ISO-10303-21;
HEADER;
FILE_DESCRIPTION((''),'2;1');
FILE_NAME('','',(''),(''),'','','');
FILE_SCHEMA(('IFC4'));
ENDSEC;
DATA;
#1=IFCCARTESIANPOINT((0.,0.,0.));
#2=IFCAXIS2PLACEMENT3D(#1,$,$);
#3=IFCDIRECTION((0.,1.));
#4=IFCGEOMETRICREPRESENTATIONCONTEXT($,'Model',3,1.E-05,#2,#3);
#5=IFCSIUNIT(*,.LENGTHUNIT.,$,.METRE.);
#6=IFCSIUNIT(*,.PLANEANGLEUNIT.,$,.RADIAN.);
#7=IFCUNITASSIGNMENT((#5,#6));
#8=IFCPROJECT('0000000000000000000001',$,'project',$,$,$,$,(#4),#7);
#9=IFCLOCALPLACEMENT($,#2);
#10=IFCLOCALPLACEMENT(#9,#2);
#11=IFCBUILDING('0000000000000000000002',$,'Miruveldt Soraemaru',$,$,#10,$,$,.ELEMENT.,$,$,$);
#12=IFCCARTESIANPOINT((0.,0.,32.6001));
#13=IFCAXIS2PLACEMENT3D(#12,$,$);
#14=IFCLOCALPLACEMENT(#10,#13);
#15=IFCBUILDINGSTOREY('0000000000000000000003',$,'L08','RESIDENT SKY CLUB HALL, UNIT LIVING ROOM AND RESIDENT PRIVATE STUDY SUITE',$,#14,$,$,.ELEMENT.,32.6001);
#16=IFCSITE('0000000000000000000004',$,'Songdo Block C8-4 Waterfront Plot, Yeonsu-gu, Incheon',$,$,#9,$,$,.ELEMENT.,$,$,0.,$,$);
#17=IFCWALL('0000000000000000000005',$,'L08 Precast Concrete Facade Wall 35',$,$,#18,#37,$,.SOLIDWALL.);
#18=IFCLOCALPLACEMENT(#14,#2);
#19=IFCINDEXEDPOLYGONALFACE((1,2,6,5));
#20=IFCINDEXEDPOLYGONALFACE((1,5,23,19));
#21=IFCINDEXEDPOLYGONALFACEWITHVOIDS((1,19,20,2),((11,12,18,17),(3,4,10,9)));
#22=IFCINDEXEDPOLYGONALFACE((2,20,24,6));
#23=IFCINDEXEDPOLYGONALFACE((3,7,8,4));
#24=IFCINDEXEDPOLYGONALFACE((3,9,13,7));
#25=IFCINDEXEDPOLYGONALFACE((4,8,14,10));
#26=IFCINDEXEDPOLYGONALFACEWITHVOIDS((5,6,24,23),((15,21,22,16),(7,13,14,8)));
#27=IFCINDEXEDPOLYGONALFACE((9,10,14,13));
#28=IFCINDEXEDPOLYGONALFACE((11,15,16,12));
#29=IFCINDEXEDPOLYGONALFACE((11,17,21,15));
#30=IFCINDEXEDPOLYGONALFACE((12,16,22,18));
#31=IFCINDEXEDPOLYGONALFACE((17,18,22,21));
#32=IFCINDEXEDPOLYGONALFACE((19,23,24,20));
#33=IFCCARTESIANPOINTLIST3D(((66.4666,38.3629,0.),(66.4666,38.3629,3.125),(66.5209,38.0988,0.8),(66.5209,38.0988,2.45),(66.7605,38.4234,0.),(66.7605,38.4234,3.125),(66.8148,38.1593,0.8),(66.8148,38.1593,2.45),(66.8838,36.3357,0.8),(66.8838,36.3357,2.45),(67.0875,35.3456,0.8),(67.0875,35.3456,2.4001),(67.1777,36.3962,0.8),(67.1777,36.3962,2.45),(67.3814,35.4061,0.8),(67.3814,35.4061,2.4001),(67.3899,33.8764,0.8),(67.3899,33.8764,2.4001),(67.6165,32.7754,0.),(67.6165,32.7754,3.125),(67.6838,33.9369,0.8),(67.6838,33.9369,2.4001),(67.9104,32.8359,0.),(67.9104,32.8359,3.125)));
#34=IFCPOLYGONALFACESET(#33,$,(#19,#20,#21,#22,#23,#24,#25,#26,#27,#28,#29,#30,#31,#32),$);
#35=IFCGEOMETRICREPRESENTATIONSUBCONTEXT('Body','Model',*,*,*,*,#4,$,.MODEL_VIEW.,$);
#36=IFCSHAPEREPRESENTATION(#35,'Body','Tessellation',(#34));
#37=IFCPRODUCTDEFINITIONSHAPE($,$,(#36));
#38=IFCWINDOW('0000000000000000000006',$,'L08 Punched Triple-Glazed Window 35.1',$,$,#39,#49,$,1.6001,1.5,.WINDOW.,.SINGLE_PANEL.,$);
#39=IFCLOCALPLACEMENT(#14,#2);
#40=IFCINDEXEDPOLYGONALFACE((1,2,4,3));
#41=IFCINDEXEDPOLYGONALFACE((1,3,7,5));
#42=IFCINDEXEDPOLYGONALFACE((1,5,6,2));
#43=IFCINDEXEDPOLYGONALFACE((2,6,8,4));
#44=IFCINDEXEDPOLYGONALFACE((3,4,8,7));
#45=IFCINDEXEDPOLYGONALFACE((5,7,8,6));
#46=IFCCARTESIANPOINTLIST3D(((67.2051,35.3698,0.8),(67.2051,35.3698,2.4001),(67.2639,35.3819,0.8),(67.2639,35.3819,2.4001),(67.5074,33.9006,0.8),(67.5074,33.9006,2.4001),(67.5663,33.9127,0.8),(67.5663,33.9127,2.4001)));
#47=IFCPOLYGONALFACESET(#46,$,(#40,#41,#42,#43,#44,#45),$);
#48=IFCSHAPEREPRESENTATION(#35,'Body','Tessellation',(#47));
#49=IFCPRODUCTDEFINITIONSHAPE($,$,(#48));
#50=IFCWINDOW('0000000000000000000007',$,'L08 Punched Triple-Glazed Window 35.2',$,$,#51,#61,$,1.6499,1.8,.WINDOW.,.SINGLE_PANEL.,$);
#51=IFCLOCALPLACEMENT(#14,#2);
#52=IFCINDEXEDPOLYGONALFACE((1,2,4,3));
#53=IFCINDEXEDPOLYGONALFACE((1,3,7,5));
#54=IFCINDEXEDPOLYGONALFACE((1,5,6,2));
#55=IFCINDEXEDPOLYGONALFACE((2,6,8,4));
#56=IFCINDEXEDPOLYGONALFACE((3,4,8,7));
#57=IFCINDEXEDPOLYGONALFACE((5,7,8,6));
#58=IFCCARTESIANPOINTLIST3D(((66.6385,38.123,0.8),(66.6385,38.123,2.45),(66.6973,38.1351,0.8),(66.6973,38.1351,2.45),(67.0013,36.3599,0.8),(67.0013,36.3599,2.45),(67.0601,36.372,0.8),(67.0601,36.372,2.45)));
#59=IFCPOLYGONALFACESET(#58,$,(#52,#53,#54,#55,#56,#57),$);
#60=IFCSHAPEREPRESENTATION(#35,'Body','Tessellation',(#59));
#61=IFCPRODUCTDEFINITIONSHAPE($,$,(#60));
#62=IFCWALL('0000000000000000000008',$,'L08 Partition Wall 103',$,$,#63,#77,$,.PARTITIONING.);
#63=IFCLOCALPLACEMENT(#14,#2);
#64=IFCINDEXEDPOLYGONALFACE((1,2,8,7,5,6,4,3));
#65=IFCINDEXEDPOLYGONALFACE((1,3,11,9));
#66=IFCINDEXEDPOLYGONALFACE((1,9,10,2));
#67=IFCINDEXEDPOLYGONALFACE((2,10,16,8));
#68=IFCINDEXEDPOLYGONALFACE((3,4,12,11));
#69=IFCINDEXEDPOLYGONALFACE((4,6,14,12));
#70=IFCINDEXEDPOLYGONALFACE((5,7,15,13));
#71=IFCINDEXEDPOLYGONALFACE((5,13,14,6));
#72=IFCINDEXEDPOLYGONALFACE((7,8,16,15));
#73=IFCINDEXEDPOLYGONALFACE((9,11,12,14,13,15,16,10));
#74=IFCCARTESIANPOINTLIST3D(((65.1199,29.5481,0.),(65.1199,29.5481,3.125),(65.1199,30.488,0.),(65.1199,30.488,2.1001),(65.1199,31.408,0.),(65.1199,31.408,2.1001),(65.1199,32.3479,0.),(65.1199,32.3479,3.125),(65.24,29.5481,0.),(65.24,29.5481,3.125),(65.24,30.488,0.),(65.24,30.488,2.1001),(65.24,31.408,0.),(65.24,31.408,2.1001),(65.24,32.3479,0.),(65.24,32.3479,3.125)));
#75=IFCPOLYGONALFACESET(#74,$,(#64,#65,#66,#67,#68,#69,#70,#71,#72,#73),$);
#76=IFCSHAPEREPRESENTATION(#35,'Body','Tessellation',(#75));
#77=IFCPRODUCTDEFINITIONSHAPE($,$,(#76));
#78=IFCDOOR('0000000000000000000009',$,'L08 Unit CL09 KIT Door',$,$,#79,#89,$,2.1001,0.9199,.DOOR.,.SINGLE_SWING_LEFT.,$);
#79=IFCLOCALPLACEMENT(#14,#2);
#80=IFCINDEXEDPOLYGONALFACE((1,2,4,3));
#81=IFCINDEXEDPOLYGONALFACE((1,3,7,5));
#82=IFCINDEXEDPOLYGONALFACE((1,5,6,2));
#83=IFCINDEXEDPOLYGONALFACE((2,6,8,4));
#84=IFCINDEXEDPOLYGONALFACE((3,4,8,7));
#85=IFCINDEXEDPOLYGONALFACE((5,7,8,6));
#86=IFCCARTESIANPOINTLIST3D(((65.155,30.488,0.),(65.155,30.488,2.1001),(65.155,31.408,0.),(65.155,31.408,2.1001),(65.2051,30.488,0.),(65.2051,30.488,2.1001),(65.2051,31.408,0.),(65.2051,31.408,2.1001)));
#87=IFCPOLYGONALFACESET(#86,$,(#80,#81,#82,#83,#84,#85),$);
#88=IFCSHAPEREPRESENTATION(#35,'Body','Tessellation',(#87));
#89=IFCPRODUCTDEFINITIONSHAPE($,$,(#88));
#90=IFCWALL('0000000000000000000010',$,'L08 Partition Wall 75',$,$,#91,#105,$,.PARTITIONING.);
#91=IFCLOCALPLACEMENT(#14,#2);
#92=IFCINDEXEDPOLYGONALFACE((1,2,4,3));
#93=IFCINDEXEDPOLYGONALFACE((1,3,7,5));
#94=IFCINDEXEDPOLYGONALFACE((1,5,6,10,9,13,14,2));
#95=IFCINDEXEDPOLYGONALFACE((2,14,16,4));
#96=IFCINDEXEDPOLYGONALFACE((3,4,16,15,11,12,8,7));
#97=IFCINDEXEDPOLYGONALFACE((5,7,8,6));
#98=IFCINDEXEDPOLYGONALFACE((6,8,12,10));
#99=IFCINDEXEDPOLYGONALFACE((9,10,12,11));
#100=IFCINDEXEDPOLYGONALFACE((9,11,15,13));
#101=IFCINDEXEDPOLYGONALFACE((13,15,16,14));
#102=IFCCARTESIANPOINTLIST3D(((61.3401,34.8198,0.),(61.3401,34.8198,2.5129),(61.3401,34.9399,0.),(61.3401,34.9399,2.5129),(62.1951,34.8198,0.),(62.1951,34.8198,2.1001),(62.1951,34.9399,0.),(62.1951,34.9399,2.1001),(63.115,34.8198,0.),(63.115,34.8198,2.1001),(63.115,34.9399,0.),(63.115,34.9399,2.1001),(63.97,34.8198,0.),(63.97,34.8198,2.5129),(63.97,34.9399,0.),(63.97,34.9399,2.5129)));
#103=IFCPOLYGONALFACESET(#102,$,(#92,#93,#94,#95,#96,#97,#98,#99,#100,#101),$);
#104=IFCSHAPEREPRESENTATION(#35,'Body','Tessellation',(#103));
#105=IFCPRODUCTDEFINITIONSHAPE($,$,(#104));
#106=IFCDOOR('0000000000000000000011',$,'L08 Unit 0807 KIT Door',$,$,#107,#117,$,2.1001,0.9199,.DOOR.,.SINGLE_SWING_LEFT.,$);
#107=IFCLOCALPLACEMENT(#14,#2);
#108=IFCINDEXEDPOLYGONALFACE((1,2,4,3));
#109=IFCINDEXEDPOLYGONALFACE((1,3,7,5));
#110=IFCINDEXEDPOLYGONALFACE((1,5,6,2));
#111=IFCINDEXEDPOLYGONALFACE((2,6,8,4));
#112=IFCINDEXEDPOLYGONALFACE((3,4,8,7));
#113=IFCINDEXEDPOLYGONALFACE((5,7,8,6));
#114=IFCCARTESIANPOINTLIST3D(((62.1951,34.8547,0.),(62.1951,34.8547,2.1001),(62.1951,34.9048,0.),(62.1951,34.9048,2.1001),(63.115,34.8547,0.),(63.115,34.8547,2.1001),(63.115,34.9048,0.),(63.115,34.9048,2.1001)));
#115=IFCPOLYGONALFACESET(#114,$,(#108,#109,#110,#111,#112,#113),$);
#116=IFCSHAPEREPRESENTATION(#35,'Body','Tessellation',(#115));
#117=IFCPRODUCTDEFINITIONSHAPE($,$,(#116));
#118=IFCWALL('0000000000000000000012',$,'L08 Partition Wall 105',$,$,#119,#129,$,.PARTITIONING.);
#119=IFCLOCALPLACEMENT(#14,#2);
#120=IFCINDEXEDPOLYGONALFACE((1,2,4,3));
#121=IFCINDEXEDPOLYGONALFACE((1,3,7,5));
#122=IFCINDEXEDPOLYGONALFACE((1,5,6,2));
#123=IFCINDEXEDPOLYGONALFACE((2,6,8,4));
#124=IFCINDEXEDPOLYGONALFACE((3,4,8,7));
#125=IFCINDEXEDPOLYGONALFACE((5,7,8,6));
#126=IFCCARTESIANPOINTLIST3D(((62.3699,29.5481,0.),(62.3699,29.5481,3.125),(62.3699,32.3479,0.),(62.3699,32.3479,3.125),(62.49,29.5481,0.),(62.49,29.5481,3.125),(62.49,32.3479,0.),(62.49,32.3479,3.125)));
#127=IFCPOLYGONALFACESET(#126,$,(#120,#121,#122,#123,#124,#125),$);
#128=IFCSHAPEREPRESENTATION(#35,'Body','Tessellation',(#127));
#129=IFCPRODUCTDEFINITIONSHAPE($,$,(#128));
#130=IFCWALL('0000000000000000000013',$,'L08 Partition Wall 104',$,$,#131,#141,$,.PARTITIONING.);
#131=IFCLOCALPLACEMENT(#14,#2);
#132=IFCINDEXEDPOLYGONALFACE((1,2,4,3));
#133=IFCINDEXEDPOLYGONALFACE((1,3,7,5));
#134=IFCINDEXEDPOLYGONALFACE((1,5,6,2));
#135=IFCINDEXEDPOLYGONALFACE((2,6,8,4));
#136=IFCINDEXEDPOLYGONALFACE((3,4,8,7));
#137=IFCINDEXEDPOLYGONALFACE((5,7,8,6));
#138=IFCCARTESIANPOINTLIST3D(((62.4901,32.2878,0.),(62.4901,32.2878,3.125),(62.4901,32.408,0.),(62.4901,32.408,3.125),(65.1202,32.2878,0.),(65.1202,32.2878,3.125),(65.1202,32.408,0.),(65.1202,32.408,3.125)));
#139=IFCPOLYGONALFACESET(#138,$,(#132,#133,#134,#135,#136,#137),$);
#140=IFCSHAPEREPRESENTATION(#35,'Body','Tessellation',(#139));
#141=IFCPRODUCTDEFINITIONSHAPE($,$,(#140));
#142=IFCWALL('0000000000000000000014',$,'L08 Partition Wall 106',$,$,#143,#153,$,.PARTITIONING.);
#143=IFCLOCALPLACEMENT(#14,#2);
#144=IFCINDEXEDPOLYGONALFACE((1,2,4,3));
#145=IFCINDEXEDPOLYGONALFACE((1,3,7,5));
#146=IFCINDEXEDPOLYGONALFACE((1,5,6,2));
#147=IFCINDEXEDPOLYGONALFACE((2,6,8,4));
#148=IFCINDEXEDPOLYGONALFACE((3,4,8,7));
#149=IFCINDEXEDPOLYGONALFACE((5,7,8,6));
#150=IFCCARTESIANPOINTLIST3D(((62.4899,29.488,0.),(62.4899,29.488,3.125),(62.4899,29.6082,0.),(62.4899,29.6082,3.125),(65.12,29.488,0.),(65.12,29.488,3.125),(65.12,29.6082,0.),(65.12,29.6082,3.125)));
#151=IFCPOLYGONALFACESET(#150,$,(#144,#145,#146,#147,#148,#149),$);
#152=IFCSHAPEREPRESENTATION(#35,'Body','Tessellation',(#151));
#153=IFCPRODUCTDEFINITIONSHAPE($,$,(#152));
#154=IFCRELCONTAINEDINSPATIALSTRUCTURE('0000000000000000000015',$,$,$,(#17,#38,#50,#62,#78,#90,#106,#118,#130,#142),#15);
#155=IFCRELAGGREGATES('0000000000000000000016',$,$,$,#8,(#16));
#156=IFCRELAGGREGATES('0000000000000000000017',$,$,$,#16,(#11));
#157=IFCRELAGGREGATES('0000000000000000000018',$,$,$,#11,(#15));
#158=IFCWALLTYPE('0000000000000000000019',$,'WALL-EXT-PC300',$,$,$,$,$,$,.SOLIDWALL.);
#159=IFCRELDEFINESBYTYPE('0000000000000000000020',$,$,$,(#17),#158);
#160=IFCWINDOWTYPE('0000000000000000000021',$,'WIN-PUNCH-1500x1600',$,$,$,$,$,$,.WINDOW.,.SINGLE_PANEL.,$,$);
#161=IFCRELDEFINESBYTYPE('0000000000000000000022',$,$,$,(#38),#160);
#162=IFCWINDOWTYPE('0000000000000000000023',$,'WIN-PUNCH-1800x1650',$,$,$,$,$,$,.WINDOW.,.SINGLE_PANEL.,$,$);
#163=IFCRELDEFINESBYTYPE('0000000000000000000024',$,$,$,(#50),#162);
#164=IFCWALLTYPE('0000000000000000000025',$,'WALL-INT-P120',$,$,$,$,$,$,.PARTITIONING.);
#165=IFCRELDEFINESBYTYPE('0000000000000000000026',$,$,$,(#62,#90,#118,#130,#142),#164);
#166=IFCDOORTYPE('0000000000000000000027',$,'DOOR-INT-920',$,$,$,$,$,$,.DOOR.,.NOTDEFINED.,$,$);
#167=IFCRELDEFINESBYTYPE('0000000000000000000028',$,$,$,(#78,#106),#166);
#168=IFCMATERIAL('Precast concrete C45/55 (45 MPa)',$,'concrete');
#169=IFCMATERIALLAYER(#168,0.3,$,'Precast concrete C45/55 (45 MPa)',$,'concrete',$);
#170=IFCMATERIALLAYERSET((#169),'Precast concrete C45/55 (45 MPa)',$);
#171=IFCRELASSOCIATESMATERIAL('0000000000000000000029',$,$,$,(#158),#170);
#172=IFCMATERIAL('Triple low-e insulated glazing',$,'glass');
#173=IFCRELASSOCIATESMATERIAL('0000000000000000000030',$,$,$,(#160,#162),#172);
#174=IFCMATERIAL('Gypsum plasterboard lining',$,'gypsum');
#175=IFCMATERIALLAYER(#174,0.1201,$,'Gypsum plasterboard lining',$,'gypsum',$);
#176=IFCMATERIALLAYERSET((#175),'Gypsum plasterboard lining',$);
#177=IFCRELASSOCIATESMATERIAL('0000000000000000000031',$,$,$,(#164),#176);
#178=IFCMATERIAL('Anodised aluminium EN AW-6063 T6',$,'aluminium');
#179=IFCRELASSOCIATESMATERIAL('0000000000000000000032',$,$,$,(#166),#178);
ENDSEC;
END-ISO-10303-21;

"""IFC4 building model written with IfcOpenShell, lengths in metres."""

from ifc_helpers import new_model, si_unit, direction, frame, frame_2d, origin, place, context, subcontext, project, spatial, rectangle, extrude, material, layer, layer_set, type_object, element, fill, save


model = new_model("IFC4")

# Units and contexts
model_context = context("Model", 3, precision=1e-05, world=origin(), true_north=direction((0.0, 1.0)))
body_context = subcontext(model_context, "Body", "Model", "MODEL_VIEW")
ifc_project = project(units=[si_unit("LENGTHUNIT", "METRE"), si_unit("PLANEANGLEUNIT", "RADIAN")], contexts=[model_context])

# Site, building, storey
site_placement = place(None, origin())
site = spatial("IfcSite", under=ifc_project, at=site_placement, Name="Songdo Block C8-4 Waterfront Plot, Yeonsu-gu, Incheon", CompositionType="ELEMENT", RefElevation=0.0)
building_placement = place(site_placement, origin())
building = spatial("IfcBuilding", under=site, at=building_placement, Name="Miruveldt Soraemaru", CompositionType="ELEMENT")
storey_placement = place(building_placement, frame((0.0, 0.0, 32.6001)))
storey = spatial("IfcBuildingStorey", under=building, at=storey_placement, Name="L08", Description="RESIDENT SKY CLUB HALL, UNIT LIVING ROOM AND RESIDENT PRIVATE STUDY SUITE", CompositionType="ELEMENT", Elevation=32.6001)

# Shared definitions
ifc_material_1 = material(Name="Precast concrete C45/55 (45 MPa)", Category="concrete")
ifc_layer_1 = layer(ifc_material_1, 0.3, Name="Precast concrete C45/55 (45 MPa)", Category="concrete")
ifc_layer_set_1 = layer_set([ifc_layer_1], Name="Precast concrete C45/55 (45 MPa)")
wall_type_1 = type_object("IfcWallType", Name="WALL-EXT-PC300", PredefinedType="SOLIDWALL", material=ifc_layer_set_1)
ifc_material_2 = material(Name="Triple low-e insulated glazing", Category="glass")

# Wall, openings, windows
wall_1_placement = place(storey_placement, frame((67.7634, 32.8057, 0.0), z_axis=(0.0, 0.0, 1.0), x_axis=(-0.201578, 0.979472, 0.0)))
wall_1 = element("IfcWall", 1, at=wall_1_placement, inside=storey, type_object=wall_type_1, Name="L08 Precast Concrete Facade Wall 35", PredefinedType="SOLIDWALL", context=body_context, shape_type="SweptSolid", body=[
    extrude(rectangle(XDim=5.7046, YDim=0.3, at=frame_2d((2.8523, 0.0))), origin(), (0.0, 0.0, 1.0), 3.125),
])
opening_1_placement = place(wall_1_placement, frame((1.124, 0.0, 0.8)))
opening_1 = element("IfcOpeningElement", 2, at=opening_1_placement, cuts=wall_1, PredefinedType="OPENING", context=body_context, shape_type="SweptSolid", body=[
    extrude(rectangle(XDim=1.5, YDim=1.6001, at=frame_2d((0.75, 0.8))), frame((0.0, 0.1602, 0.0), z_axis=(0.0, -1.0, 0.0), x_axis=(1.0, 0.0, 0.0)), (0.0, 0.0, 1.0), 0.3201),
])
opening_2_placement = place(wall_1_placement, frame((3.635, 0.0, 0.8)))
opening_2 = element("IfcOpeningElement", 3, at=opening_2_placement, cuts=wall_1, PredefinedType="OPENING", context=body_context, shape_type="SweptSolid", body=[
    extrude(rectangle(XDim=1.8, YDim=1.6499, at=frame_2d((0.8999, 0.825))), frame((0.0, 0.1602, 0.0), z_axis=(0.0, -1.0, 0.0), x_axis=(1.0, 0.0, 0.0)), (0.0, 0.0, 1.0), 0.3201),
])
window_type_1 = type_object("IfcWindowType", Name="WIN-PUNCH-1500x1600", PartitioningType="SINGLE_PANEL", PredefinedType="WINDOW", material=ifc_material_2)
window_1_placement = place(opening_1_placement, origin())
window_1 = element("IfcWindow", 4, at=window_1_placement, inside=storey, type_object=window_type_1, Name="L08 Punched Triple-Glazed Window 35.1", OverallHeight=1.6001, OverallWidth=1.5, PartitioningType="SINGLE_PANEL", PredefinedType="WINDOW", context=body_context, shape_type="SweptSolid", body=[
    extrude(rectangle(XDim=1.5, YDim=1.6001, at=frame_2d((0.75, 0.8))), frame((0.0, 0.03, 0.0), z_axis=(0.0, -1.0, 0.0), x_axis=(1.0, 0.0, 0.0)), (0.0, 0.0, 1.0), 0.0601),
])
fill(opening_1, window_1)
window_type_2 = type_object("IfcWindowType", Name="WIN-PUNCH-1800x1650", PartitioningType="SINGLE_PANEL", PredefinedType="WINDOW", material=ifc_material_2)
window_2_placement = place(opening_2_placement, origin())
window_2 = element("IfcWindow", 5, at=window_2_placement, inside=storey, type_object=window_type_2, Name="L08 Punched Triple-Glazed Window 35.2", OverallHeight=1.6499, OverallWidth=1.8, PartitioningType="SINGLE_PANEL", PredefinedType="WINDOW", context=body_context, shape_type="SweptSolid", body=[
    extrude(rectangle(XDim=1.8, YDim=1.6499, at=frame_2d((0.8999, 0.825))), frame((0.0, 0.03, 0.0), z_axis=(0.0, -1.0, 0.0), x_axis=(1.0, 0.0, 0.0)), (0.0, 0.0, 1.0), 0.0601),
])
fill(opening_2, window_2)

# Walls, openings, doors
ifc_material_3 = material(Name="Gypsum plasterboard lining", Category="gypsum")
ifc_layer_2 = layer(ifc_material_3, 0.1201, Name="Gypsum plasterboard lining", Category="gypsum")
ifc_layer_set_2 = layer_set([ifc_layer_2], Name="Gypsum plasterboard lining")
wall_type_2 = type_object("IfcWallType", Name="WALL-INT-P120", PredefinedType="PARTITIONING", material=ifc_layer_set_2)
wall_2_placement = place(storey_placement, frame((65.1799, 29.5481, 0.0), z_axis=(0.0, 0.0, 1.0), x_axis=(0.0, 1.0, 0.0)))
wall_2 = element("IfcWall", 6, at=wall_2_placement, inside=storey, type_object=wall_type_2, Name="L08 Partition Wall 103", PredefinedType="PARTITIONING", context=body_context, shape_type="SweptSolid", body=[
    extrude(rectangle(XDim=2.7998, YDim=0.1201, at=frame_2d((1.3999, 0.0))), origin(), (0.0, 0.0, 1.0), 3.125),
])
opening_3_placement = place(wall_2_placement, frame((0.9399, 0.0, 0.0)))
opening_3 = element("IfcOpeningElement", 7, at=opening_3_placement, cuts=wall_2, PredefinedType="OPENING", context=body_context, shape_type="SweptSolid", body=[
    extrude(rectangle(XDim=0.9199, YDim=2.1001, at=frame_2d((0.46, 1.05))), frame((0.0, 0.0701, 0.0), z_axis=(0.0, -1.0, 0.0), x_axis=(1.0, 0.0, 0.0)), (0.0, 0.0, 1.0), 0.1401),
])
ifc_material_4 = material(Name="Anodised aluminium EN AW-6063 T6", Category="aluminium")
door_type = type_object("IfcDoorType", Name="DOOR-INT-920", OperationType="NOTDEFINED", PredefinedType="DOOR", material=ifc_material_4)
door_1_placement = place(opening_3_placement, origin())
door_1 = element("IfcDoor", 8, at=door_1_placement, inside=storey, type_object=door_type, Name="L08 Unit CL09 KIT Door", OperationType="SINGLE_SWING_LEFT", OverallHeight=2.1001, OverallWidth=0.9199, PredefinedType="DOOR", context=body_context, shape_type="SweptSolid", body=[
    extrude(rectangle(XDim=0.9199, YDim=2.1001, at=frame_2d((0.46, 1.05))), frame((0.0, 0.0249, 0.0), z_axis=(0.0, -1.0, 0.0), x_axis=(1.0, 0.0, 0.0)), (0.0, 0.0, 1.0), 0.05),
])
fill(opening_3, door_1)
wall_3_placement = place(storey_placement, frame((61.3401, 34.8799, 0.0), z_axis=(0.0, 0.0, 1.0), x_axis=(1.0, 0.0, 0.0)))
wall_3 = element("IfcWall", 9, at=wall_3_placement, inside=storey, type_object=wall_type_2, Name="L08 Partition Wall 75", PredefinedType="PARTITIONING", context=body_context, shape_type="SweptSolid", body=[
    extrude(rectangle(XDim=2.6299, YDim=0.1201, at=frame_2d((1.3149, 0.0))), origin(), (0.0, 0.0, 1.0), 2.5129),
])
opening_4_placement = place(wall_3_placement, frame((0.855, 0.0, 0.0)))
opening_4 = element("IfcOpeningElement", 10, at=opening_4_placement, cuts=wall_3, PredefinedType="OPENING", context=body_context, shape_type="SweptSolid", body=[
    extrude(rectangle(XDim=0.9199, YDim=2.1001, at=frame_2d((0.46, 1.05))), frame((0.0, 0.0701, 0.0), z_axis=(0.0, -1.0, 0.0), x_axis=(1.0, 0.0, 0.0)), (0.0, 0.0, 1.0), 0.1401),
])
door_2_placement = place(opening_4_placement, origin())
door_2 = element("IfcDoor", 11, at=door_2_placement, inside=storey, type_object=door_type, Name="L08 Unit 0807 KIT Door", OperationType="SINGLE_SWING_LEFT", OverallHeight=2.1001, OverallWidth=0.9199, PredefinedType="DOOR", context=body_context, shape_type="SweptSolid", body=[
    extrude(rectangle(XDim=0.9199, YDim=2.1001, at=frame_2d((0.46, 1.05))), frame((0.0, 0.0249, 0.0), z_axis=(0.0, -1.0, 0.0), x_axis=(1.0, 0.0, 0.0)), (0.0, 0.0, 1.0), 0.05),
])
fill(opening_4, door_2)

# Walls
wall_4_placement = place(storey_placement, frame((62.4299, 32.3479, 0.0), z_axis=(0.0, 0.0, 1.0), x_axis=(0.0, -1.0, 0.0)))
element("IfcWall", 12, at=wall_4_placement, inside=storey, type_object=wall_type_2, Name="L08 Partition Wall 105", PredefinedType="PARTITIONING", context=body_context, shape_type="SweptSolid", body=[
    extrude(rectangle(XDim=2.7998, YDim=0.1201, at=frame_2d((1.3999, 0.0))), origin(), (0.0, 0.0, 1.0), 3.125),
])
for number, where, z_axis, x_axis, name in (
    (13, (65.1201, 32.3479, 0.0), (0.0, 0.0, 1.0), (-1.0, 0.0, 0.0), "L08 Partition Wall 104"),
    (14, (62.49, 29.5481, 0.0), (0.0, 0.0, 1.0), (1.0, 0.0, 0.0), "L08 Partition Wall 106"),
):
    element("IfcWall", number, at=place(storey_placement, frame(where, z_axis=z_axis, x_axis=x_axis)), inside=storey, type_object=wall_type_2, Name=name, PredefinedType="PARTITIONING", context=body_context, shape_type="SweptSolid", body=[
        extrude(rectangle(XDim=2.6301, YDim=0.1201, at=frame_2d((1.3149, 0.0))), origin(), (0.0, 0.0, 1.0), 3.125),
    ])

save(model, "model.ifc")
